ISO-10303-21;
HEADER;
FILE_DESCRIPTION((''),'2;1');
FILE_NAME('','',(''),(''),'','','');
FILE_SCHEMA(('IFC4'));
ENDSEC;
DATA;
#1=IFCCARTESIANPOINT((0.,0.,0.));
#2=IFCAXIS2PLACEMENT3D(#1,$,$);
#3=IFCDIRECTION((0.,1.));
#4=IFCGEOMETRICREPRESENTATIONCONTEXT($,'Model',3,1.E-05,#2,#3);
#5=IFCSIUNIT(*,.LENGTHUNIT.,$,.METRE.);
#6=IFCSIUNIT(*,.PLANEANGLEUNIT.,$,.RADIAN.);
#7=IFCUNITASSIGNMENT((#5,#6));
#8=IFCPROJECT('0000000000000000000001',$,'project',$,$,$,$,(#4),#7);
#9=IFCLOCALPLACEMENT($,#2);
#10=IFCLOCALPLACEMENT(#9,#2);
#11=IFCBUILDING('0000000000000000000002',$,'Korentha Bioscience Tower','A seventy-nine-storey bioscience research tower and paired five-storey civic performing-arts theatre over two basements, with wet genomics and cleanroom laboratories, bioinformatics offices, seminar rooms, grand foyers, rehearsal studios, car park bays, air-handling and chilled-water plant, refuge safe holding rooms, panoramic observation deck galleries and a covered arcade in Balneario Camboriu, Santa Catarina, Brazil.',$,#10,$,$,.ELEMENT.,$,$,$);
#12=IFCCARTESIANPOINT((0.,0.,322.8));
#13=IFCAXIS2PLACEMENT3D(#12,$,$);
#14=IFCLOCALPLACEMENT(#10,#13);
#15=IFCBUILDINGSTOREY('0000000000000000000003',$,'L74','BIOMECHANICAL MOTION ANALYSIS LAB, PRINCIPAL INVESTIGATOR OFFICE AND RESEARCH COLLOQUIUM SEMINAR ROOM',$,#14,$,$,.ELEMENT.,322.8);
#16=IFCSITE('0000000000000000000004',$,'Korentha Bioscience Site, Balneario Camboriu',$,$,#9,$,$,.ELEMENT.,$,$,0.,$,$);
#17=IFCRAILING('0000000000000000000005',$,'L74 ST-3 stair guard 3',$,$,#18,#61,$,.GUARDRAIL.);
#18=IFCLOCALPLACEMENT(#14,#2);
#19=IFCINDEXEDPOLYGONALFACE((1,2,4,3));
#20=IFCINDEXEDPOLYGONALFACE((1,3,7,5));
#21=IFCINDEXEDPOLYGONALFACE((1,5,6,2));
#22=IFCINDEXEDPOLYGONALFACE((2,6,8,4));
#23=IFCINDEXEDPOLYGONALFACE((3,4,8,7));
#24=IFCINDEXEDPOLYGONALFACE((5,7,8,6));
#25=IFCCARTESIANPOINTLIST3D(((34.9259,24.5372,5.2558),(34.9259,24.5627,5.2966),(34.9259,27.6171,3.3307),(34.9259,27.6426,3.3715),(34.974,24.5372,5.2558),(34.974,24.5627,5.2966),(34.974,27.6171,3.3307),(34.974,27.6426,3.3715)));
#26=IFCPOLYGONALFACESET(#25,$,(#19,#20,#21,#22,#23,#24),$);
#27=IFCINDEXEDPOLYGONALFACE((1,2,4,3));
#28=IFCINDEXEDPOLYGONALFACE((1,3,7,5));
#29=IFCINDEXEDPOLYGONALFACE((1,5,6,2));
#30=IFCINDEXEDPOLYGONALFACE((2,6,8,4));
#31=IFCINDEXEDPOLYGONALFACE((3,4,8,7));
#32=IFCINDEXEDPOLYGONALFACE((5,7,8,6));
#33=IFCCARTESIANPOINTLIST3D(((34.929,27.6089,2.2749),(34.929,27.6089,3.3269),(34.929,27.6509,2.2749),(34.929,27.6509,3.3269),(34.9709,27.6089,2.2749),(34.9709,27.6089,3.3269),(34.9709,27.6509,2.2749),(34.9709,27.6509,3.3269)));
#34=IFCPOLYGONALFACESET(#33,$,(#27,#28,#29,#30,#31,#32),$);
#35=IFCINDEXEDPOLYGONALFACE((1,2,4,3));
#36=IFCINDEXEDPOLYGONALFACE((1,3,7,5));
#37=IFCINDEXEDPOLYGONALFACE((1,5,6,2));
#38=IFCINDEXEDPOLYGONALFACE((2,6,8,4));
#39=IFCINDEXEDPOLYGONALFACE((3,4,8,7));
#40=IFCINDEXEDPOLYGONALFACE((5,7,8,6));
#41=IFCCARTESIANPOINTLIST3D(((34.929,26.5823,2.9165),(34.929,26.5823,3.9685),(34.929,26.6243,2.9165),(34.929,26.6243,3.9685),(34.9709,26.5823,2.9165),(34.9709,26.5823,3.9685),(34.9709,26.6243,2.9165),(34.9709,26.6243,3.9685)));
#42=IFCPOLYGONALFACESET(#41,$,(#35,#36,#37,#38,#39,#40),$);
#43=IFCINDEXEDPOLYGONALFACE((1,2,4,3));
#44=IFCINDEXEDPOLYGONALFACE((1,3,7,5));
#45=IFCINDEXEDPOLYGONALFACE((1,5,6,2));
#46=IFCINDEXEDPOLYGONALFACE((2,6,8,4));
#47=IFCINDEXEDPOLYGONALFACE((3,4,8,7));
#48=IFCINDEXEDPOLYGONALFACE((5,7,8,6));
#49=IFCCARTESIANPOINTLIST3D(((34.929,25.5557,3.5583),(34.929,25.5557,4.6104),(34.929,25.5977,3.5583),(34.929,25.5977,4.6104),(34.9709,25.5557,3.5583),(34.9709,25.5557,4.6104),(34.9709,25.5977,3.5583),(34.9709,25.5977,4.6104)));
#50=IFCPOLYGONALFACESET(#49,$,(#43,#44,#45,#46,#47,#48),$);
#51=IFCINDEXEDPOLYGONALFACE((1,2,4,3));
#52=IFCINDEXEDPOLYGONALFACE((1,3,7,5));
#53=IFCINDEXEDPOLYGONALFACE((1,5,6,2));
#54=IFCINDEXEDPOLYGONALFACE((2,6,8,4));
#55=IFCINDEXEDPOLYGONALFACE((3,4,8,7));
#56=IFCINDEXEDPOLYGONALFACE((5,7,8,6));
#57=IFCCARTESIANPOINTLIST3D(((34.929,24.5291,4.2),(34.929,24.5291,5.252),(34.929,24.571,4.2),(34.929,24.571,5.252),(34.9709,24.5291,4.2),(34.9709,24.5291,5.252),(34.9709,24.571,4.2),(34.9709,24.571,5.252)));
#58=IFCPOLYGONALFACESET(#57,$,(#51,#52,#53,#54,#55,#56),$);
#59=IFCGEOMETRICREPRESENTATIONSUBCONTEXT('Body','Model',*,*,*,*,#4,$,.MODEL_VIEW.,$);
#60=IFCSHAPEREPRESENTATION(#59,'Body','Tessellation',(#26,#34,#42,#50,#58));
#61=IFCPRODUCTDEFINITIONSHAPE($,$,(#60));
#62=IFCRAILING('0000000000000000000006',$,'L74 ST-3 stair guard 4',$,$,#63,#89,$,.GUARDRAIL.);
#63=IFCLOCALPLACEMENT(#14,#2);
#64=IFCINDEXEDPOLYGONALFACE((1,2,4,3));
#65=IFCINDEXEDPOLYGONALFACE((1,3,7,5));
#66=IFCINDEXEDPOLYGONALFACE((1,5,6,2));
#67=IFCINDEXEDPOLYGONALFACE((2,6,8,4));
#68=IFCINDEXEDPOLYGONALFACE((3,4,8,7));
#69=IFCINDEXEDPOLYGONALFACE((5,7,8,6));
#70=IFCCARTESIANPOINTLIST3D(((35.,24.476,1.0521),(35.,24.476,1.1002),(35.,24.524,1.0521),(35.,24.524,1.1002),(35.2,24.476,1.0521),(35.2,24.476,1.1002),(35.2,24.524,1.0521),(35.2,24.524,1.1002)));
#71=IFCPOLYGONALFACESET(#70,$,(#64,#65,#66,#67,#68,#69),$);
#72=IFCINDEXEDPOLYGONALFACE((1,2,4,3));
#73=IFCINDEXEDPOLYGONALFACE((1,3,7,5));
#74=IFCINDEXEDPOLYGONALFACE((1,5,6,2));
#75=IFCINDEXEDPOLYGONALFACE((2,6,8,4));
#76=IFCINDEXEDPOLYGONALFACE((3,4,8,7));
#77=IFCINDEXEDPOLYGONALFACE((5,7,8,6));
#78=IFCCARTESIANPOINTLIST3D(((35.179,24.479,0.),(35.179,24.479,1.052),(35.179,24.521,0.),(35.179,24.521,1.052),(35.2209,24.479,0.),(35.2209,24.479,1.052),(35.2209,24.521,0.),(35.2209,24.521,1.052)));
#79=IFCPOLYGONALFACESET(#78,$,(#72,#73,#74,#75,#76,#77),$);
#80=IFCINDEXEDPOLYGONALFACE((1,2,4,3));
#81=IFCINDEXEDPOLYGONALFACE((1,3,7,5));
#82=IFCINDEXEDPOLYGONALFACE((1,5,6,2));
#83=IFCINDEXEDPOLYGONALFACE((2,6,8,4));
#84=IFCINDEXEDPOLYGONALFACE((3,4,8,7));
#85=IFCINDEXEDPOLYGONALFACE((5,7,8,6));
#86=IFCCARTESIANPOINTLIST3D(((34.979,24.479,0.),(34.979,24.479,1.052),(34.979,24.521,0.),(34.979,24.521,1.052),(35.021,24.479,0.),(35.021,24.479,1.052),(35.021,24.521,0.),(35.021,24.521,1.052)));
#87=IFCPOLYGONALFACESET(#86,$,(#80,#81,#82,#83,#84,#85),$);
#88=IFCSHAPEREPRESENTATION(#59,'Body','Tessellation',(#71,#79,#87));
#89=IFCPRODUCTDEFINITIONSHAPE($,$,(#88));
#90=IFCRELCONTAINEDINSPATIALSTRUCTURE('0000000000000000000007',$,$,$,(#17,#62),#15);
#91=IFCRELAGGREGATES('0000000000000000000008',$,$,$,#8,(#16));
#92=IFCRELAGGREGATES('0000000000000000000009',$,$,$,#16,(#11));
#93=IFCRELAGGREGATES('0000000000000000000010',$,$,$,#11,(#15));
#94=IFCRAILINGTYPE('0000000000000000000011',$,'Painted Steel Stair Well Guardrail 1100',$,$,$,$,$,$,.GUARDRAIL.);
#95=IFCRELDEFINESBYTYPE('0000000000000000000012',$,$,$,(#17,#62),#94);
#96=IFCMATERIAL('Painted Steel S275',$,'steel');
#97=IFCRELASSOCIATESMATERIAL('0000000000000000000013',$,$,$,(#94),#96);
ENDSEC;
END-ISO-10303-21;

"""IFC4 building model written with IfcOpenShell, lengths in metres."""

from ifc_helpers import new_model, si_unit, direction, frame, origin, origin_2d, place, context, subcontext, project, spatial, rectangle, extrude, material, type_object, element, save


model = new_model("IFC4")

# Units and contexts
model_context = context("Model", 3, precision=1e-05, world=origin(), true_north=direction((0.0, 1.0)))
body_context = subcontext(model_context, "Body", "Model", "MODEL_VIEW")
ifc_project = project(units=[si_unit("LENGTHUNIT", "METRE"), si_unit("PLANEANGLEUNIT", "RADIAN")], contexts=[model_context])

# Site, building, storey
site_placement = place(None, origin())
site = spatial("IfcSite", under=ifc_project, at=site_placement, Name="Korentha Bioscience Site, Balneario Camboriu", CompositionType="ELEMENT", RefElevation=0.0)
building_placement = place(site_placement, origin())
building = spatial("IfcBuilding", under=site, at=building_placement, Name="Korentha Bioscience Tower", Description="A seventy-nine-storey bioscience research tower and paired five-storey civic performing-arts theatre over two basements, with wet genomics and cleanroom laboratories, bioinformatics offices, seminar rooms, grand foyers, rehearsal studios, car park bays, air-handling and chilled-water plant, refuge safe holding rooms, panoramic observation deck galleries and a covered arcade in Balneario Camboriu, Santa Catarina, Brazil.", CompositionType="ELEMENT")
storey_placement = place(building_placement, frame((0.0, 0.0, 322.8)))
storey = spatial("IfcBuildingStorey", under=building, at=storey_placement, Name="L74", Description="BIOMECHANICAL MOTION ANALYSIS LAB, PRINCIPAL INVESTIGATOR OFFICE AND RESEARCH COLLOQUIUM SEMINAR ROOM", CompositionType="ELEMENT", Elevation=322.8)

# Railings
ifc_material_1 = material(Name="Painted Steel S275", Category="steel")
railing_type_1 = type_object("IfcRailingType", Name="Painted Steel Stair Well Guardrail 1100", PredefinedType="GUARDRAIL", material=ifc_material_1)
railing_1_placement = place(storey_placement, frame((34.95, 27.6299, 2.2749)))
element("IfcRailing", 1, at=railing_1_placement, inside=storey, type_object=railing_type_1, Name="L74 ST-3 stair guard 3", PredefinedType="GUARDRAIL", context=body_context, shape_type="SweptSolid", body=[
    extrude(rectangle(XDim=0.0481, YDim=0.0481, at=origin_2d()), frame((0.0, 0.0, 1.0762), z_axis=(0.0, -0.847979, 0.530029), x_axis=(1.0, 0.0, 0.0)), (0.0, 0.0, 1.0), 3.6321),
    extrude(rectangle(XDim=0.042, YDim=0.042, at=origin_2d()), origin(), (0.0, 0.0, 1.0), 1.052),
    extrude(rectangle(XDim=0.042, YDim=0.042, at=origin_2d()), frame((0.0, -1.0266, 0.6416)), (0.0, 0.0, 1.0), 1.052),
    extrude(rectangle(XDim=0.042, YDim=0.042, at=origin_2d()), frame((0.0, -2.0532, 1.2834)), (0.0, 0.0, 1.0), 1.052),
    extrude(rectangle(XDim=0.042, YDim=0.042, at=origin_2d()), frame((0.0, -3.0798, 1.925)), (0.0, 0.0, 1.0), 1.052),
])
railing_2_placement = place(storey_placement, frame((35.2, 24.5, 0.0)))
element("IfcRailing", 2, at=railing_2_placement, inside=storey, type_object=railing_type_1, Name="L74 ST-3 stair guard 4", PredefinedType="GUARDRAIL", context=body_context, shape_type="SweptSolid", body=[
    extrude(rectangle(XDim=0.0481, YDim=0.0481, at=origin_2d()), frame((0.0, 0.0, 1.0762), z_axis=(-1.0, 0.0, 0.0), x_axis=(0.0, -1.0, 0.0)), (0.0, 0.0, 1.0), 0.2),
    extrude(rectangle(XDim=0.042, YDim=0.042, at=origin_2d()), origin(), (0.0, 0.0, 1.0), 1.052),
    extrude(rectangle(XDim=0.042, YDim=0.042, at=origin_2d()), frame((-0.2, 0.0, 0.0)), (0.0, 0.0, 1.0), 1.052),
])

save(model, "model.ifc")
